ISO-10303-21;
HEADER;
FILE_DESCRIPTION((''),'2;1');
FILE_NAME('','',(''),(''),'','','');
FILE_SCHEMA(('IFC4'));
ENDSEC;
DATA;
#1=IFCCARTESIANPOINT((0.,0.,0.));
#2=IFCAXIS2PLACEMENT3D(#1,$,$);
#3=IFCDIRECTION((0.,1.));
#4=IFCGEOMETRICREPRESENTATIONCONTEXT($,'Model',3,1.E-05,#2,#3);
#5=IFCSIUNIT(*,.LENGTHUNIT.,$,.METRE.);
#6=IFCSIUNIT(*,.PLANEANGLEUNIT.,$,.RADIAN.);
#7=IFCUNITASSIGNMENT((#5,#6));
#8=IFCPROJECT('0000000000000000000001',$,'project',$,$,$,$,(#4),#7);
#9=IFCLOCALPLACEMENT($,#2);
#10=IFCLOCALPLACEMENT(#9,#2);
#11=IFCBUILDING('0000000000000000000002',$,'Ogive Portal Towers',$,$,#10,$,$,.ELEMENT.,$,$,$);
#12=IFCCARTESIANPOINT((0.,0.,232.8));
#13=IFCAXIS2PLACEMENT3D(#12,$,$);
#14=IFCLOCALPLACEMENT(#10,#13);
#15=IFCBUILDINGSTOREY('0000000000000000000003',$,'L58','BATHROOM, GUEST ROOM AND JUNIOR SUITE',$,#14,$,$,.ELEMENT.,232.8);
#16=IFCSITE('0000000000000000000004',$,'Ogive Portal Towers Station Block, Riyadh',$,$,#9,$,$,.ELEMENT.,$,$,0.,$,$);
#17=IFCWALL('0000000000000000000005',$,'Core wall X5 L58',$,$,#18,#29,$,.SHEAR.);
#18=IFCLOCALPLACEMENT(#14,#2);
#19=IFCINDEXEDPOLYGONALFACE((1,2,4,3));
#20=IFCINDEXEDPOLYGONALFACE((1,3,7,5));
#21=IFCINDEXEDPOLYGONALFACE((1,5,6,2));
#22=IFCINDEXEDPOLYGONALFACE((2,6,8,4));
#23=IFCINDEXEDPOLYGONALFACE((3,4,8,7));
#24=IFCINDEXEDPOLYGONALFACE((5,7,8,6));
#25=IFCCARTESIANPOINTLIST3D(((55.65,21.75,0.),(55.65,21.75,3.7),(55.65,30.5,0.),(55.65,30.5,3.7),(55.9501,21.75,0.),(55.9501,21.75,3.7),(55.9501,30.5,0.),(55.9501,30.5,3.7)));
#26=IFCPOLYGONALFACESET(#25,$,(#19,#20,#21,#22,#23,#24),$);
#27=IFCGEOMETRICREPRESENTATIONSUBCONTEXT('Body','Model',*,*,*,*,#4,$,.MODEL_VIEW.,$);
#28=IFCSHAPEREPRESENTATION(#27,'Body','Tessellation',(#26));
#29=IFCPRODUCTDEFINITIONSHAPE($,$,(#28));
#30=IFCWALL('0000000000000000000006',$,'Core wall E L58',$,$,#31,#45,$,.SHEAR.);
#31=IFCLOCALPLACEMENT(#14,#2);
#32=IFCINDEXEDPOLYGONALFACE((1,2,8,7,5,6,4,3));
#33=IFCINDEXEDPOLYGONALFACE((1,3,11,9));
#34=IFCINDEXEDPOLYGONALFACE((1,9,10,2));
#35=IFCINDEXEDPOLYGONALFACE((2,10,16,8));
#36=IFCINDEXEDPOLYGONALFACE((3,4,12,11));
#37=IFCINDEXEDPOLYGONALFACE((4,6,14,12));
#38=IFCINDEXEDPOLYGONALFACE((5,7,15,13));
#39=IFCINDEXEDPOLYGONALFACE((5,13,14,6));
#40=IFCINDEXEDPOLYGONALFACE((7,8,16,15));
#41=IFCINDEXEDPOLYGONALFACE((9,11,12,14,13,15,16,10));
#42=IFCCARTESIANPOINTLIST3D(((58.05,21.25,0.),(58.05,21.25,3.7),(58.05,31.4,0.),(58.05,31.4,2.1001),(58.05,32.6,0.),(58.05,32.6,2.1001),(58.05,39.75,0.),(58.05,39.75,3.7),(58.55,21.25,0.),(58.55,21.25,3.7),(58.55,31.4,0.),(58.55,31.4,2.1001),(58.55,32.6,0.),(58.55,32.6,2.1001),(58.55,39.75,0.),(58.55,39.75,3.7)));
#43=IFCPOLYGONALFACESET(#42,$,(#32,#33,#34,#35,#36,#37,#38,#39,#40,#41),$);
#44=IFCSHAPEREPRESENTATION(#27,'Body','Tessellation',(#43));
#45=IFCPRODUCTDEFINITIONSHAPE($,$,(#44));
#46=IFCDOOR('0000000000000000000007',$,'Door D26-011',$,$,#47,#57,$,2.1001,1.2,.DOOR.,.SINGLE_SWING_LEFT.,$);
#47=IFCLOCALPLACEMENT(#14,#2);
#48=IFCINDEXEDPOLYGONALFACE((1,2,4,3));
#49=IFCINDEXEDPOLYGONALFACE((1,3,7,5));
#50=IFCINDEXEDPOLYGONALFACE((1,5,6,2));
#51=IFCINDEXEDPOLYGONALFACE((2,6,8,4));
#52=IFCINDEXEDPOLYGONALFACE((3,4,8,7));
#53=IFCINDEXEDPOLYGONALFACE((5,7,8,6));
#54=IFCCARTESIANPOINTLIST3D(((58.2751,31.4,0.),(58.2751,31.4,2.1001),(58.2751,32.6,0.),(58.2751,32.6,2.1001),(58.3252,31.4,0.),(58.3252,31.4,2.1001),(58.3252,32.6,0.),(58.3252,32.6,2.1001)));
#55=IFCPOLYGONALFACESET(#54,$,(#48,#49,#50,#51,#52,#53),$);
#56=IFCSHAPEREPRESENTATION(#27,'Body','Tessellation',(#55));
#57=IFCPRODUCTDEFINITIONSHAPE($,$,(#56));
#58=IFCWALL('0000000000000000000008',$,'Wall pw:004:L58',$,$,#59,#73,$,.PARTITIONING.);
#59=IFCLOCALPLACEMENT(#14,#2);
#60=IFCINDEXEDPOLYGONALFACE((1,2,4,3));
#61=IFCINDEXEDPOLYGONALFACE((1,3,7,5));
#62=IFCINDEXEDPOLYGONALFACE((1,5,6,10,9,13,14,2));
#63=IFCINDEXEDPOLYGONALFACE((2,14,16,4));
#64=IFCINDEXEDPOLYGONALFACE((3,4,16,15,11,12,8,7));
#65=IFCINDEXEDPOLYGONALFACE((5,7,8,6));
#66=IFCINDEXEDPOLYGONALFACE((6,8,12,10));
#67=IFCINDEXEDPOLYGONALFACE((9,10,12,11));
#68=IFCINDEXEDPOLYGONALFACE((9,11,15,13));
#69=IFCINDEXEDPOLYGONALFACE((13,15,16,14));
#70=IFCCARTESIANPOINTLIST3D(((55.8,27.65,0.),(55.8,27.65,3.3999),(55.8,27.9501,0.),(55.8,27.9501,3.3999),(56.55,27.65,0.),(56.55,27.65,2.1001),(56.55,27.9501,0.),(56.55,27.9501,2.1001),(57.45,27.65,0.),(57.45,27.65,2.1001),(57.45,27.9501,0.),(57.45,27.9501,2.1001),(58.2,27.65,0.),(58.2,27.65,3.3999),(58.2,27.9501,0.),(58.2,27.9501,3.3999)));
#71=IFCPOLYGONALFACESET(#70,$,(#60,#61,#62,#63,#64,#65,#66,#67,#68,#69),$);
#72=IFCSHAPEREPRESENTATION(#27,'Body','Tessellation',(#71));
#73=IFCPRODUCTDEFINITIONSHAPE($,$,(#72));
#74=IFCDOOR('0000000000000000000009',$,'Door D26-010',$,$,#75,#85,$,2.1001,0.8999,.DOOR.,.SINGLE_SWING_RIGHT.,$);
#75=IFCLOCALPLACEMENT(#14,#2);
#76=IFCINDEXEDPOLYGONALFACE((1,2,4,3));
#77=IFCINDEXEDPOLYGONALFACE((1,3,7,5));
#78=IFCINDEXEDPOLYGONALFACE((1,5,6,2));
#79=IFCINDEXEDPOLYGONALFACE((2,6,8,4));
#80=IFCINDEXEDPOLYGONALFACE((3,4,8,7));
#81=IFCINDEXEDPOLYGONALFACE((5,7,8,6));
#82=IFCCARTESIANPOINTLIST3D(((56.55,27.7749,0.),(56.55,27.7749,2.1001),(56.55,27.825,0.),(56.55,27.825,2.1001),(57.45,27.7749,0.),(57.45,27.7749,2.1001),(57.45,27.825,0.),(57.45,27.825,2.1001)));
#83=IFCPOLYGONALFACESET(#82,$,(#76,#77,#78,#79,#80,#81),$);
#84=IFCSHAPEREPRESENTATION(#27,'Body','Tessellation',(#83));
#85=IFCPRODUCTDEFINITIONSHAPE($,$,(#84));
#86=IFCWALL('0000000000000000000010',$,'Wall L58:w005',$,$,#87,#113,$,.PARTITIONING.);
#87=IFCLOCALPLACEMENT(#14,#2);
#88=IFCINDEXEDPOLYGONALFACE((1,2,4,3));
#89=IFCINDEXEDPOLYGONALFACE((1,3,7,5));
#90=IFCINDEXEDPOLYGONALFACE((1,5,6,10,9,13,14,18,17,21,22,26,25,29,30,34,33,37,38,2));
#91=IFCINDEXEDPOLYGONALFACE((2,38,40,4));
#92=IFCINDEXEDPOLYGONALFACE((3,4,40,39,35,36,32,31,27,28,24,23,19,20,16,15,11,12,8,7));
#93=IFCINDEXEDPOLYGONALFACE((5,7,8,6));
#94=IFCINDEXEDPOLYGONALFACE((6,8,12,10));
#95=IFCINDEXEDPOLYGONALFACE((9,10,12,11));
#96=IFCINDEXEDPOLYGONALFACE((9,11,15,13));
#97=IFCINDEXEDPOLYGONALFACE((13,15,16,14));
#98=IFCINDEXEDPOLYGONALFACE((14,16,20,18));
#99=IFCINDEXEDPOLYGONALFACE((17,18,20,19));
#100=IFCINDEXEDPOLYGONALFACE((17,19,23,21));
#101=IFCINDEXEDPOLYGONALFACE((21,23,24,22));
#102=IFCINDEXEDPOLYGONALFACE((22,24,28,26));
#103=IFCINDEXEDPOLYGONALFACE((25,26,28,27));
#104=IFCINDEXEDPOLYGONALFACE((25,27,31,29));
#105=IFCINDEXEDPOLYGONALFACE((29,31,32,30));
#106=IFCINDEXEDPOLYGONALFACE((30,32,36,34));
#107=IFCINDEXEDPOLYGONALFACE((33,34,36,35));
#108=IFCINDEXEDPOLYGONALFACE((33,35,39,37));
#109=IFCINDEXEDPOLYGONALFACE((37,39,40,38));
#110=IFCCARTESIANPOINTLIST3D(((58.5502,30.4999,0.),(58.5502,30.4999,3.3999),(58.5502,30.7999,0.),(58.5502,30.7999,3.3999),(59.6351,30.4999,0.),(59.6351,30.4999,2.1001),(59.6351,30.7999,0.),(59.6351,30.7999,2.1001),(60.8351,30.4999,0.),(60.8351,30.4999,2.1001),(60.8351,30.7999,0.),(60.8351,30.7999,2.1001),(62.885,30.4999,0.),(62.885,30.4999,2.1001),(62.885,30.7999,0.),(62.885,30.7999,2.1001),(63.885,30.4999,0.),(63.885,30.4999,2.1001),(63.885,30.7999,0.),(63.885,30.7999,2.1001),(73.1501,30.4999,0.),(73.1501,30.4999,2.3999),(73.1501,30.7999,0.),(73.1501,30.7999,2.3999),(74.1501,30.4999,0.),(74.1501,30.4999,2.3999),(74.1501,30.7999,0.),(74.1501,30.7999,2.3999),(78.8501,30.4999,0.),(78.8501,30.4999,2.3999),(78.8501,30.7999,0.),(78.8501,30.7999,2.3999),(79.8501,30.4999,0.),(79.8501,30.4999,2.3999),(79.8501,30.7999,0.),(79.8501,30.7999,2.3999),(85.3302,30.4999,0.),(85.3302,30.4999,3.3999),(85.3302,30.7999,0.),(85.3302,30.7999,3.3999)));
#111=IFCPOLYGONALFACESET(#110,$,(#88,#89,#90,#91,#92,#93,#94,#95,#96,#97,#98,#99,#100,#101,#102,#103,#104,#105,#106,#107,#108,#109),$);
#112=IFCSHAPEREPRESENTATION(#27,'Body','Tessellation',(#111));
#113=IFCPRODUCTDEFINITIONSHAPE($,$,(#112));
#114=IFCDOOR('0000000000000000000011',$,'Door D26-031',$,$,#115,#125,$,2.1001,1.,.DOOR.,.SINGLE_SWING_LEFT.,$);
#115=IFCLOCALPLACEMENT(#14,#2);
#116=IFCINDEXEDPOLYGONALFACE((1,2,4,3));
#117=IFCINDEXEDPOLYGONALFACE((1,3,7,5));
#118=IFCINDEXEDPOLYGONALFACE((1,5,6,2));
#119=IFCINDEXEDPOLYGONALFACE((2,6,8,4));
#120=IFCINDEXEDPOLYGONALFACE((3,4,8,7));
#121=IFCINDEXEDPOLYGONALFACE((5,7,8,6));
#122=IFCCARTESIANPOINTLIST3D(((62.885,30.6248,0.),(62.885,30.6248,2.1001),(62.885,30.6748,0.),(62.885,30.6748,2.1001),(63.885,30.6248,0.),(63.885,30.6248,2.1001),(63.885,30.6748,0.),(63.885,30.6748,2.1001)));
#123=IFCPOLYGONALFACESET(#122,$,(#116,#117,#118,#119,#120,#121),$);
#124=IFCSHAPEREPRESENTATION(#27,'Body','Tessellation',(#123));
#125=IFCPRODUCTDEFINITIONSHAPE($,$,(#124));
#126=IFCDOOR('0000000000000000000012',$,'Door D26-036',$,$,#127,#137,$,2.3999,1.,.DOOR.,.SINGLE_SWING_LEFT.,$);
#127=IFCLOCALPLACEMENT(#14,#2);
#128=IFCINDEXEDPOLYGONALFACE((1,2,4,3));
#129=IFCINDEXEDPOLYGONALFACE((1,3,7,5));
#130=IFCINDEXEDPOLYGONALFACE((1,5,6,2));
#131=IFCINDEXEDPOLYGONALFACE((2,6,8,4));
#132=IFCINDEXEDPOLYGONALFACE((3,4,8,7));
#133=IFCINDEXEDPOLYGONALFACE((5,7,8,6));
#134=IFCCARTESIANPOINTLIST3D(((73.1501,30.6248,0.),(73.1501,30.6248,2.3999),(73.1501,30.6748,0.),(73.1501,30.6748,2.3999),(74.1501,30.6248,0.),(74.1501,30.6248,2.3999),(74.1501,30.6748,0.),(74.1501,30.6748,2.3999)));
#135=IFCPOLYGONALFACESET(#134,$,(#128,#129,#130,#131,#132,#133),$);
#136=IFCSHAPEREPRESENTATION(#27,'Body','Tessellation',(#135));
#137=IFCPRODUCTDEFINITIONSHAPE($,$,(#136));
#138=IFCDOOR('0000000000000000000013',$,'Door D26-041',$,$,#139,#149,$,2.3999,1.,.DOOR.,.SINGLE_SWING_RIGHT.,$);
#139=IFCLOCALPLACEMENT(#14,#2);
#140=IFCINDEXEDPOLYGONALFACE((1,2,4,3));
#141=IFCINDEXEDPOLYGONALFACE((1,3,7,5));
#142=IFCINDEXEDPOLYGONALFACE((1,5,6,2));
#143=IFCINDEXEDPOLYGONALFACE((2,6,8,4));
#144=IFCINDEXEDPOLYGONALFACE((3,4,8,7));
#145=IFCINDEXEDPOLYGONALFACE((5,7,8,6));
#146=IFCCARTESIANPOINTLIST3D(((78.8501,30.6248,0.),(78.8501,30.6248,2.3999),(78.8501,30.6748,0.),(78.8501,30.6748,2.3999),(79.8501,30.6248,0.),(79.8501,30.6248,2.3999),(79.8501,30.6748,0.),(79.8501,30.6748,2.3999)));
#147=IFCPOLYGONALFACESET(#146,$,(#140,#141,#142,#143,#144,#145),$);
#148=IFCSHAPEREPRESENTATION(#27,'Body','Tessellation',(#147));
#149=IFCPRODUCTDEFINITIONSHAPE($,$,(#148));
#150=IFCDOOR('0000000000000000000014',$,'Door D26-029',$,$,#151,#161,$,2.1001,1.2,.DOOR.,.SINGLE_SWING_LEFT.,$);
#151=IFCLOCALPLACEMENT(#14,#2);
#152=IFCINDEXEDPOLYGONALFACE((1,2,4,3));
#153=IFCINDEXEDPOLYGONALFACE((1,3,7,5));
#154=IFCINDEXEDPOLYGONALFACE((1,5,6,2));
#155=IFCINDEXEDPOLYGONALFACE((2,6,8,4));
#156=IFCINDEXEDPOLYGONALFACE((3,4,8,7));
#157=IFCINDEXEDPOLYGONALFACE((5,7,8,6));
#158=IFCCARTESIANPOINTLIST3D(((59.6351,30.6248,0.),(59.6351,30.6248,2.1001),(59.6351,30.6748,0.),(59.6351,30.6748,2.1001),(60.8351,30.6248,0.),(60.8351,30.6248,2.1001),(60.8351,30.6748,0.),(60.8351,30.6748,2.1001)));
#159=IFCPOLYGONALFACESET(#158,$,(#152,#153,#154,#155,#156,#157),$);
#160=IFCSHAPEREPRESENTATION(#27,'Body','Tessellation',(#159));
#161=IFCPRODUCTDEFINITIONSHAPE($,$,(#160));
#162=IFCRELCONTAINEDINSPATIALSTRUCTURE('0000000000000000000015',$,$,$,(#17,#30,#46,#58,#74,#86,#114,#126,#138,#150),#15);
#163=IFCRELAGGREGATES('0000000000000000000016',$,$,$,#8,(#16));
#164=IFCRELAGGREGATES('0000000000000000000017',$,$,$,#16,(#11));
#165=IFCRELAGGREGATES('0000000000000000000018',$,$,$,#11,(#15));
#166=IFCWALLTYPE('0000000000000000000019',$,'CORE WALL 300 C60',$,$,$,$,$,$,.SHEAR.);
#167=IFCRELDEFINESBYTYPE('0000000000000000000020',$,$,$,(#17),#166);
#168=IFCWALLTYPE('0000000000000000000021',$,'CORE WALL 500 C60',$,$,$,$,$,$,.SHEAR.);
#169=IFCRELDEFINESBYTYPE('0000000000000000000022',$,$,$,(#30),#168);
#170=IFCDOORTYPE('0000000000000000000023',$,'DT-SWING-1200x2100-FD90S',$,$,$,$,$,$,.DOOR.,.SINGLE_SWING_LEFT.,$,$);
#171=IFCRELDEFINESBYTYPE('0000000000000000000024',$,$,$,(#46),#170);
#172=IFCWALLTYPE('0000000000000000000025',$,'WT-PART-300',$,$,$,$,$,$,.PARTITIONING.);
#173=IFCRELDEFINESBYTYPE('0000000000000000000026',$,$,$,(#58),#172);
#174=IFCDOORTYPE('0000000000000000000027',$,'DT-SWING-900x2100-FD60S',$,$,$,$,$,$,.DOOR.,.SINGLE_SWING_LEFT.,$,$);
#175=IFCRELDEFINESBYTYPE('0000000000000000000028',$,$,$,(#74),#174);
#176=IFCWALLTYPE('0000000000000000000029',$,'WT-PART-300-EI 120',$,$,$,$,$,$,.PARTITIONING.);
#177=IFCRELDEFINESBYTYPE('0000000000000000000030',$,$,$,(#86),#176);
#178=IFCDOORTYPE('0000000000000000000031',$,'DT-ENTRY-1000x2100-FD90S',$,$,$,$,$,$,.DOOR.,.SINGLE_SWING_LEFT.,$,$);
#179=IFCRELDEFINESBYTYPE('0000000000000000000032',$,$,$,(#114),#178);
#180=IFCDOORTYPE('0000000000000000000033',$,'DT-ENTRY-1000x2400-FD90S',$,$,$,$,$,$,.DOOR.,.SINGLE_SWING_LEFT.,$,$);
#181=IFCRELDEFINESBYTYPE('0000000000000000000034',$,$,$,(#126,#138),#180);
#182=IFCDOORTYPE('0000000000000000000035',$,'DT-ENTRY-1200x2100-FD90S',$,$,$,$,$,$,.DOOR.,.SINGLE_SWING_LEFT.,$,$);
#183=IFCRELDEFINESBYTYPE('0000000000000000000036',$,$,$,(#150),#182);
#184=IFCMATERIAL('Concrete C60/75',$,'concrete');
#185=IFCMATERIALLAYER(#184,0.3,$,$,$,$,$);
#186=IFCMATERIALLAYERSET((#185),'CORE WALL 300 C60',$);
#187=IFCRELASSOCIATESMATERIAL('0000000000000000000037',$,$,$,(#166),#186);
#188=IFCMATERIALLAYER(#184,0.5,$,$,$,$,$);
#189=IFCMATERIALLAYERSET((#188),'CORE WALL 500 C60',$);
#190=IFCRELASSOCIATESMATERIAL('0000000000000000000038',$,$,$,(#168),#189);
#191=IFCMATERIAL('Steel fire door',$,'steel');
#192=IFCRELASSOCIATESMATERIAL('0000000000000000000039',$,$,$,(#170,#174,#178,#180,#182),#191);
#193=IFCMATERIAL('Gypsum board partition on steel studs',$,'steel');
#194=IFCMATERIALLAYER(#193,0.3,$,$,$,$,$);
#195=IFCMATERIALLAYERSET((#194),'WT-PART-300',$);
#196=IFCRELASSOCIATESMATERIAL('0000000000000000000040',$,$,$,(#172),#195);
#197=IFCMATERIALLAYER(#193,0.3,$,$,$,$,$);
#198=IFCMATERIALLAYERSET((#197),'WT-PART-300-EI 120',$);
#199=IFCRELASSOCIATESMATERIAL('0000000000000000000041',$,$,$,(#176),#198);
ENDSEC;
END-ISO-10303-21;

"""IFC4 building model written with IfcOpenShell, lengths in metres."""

from ifc_helpers import new_model, si_unit, direction, frame, frame_2d, origin, place, context, subcontext, project, spatial, rectangle, extrude, material, layer, layer_set, type_object, element, fill, save


model = new_model("IFC4")

# Units and contexts
model_context = context("Model", 3, precision=1e-05, world=origin(), true_north=direction((0.0, 1.0)))
body_context = subcontext(model_context, "Body", "Model", "MODEL_VIEW")
ifc_project = project(units=[si_unit("LENGTHUNIT", "METRE"), si_unit("PLANEANGLEUNIT", "RADIAN")], contexts=[model_context])

# Site, building, storey
site_placement = place(None, origin())
site = spatial("IfcSite", under=ifc_project, at=site_placement, Name="Ogive Portal Towers Station Block, Riyadh", CompositionType="ELEMENT", RefElevation=0.0)
building_placement = place(site_placement, origin())
building = spatial("IfcBuilding", under=site, at=building_placement, Name="Ogive Portal Towers", CompositionType="ELEMENT")
storey_placement = place(building_placement, frame((0.0, 0.0, 232.8)))
storey = spatial("IfcBuildingStorey", under=building, at=storey_placement, Name="L58", Description="BATHROOM, GUEST ROOM AND JUNIOR SUITE", CompositionType="ELEMENT", Elevation=232.8)

# Wall
ifc_material_1 = material(Name="Concrete C60/75", Category="concrete")
ifc_layer_1 = layer(ifc_material_1, 0.3)
ifc_layer_set_1 = layer_set([ifc_layer_1], Name="CORE WALL 300 C60")
wall_type_1 = type_object("IfcWallType", Name="CORE WALL 300 C60", PredefinedType="SHEAR", material=ifc_layer_set_1)
wall_1_placement = place(storey_placement, frame((55.8, 21.75, 0.0), z_axis=(0.0, 0.0, 1.0), x_axis=(0.0, 1.0, 0.0)))
element("IfcWall", 1, at=wall_1_placement, inside=storey, type_object=wall_type_1, Name="Core wall X5 L58", PredefinedType="SHEAR", context=body_context, shape_type="SweptSolid", body=[
    extrude(rectangle(XDim=8.75, YDim=0.3, at=frame_2d((4.375, 0.0))), origin(), (0.0, 0.0, 1.0), 3.7),
])

# Walls, openings, doors
ifc_layer_2 = layer(ifc_material_1, 0.5)
ifc_layer_set_2 = layer_set([ifc_layer_2], Name="CORE WALL 500 C60")
wall_type_2 = type_object("IfcWallType", Name="CORE WALL 500 C60", PredefinedType="SHEAR", material=ifc_layer_set_2)
wall_2_placement = place(storey_placement, frame((58.3, 21.25, 0.0), z_axis=(0.0, 0.0, 1.0), x_axis=(0.0, 1.0, 0.0)))
wall_2 = element("IfcWall", 2, at=wall_2_placement, inside=storey, type_object=wall_type_2, Name="Core wall E L58", PredefinedType="SHEAR", context=body_context, shape_type="SweptSolid", body=[
    extrude(rectangle(XDim=18.5, YDim=0.5, at=frame_2d((9.25, 0.0))), origin(), (0.0, 0.0, 1.0), 3.7),
])
opening_1_placement = place(wall_2_placement, frame((10.1499, 0.0, 0.0)))
opening_1 = element("IfcOpeningElement", 3, at=opening_1_placement, cuts=wall_2, PredefinedType="OPENING", context=body_context, shape_type="SweptSolid", body=[
    extrude(rectangle(XDim=1.2, YDim=2.1001, at=frame_2d((0.6001, 1.05))), frame((0.0, 0.26, 0.0), z_axis=(0.0, -1.0, 0.0), x_axis=(1.0, 0.0, 0.0)), (0.0, 0.0, 1.0), 0.52),
])
ifc_material_2 = material(Name="Steel fire door", Category="steel")
door_type_1 = type_object("IfcDoorType", Name="DT-SWING-1200x2100-FD90S", OperationType="SINGLE_SWING_LEFT", PredefinedType="DOOR", material=ifc_material_2)
door_1_placement = place(opening_1_placement, origin())
door_1 = element("IfcDoor", 4, at=door_1_placement, inside=storey, type_object=door_type_1, Name="Door D26-011", OperationType="SINGLE_SWING_LEFT", OverallHeight=2.1001, OverallWidth=1.2, PredefinedType="DOOR", context=body_context, shape_type="SweptSolid", body=[
    extrude(rectangle(XDim=1.2, YDim=2.1001, at=frame_2d((0.6001, 1.05))), frame((0.0, 0.0249, 0.0), z_axis=(0.0, -1.0, 0.0), x_axis=(1.0, 0.0, 0.0)), (0.0, 0.0, 1.0), 0.05),
])
fill(opening_1, door_1)
ifc_material_3 = material(Name="Gypsum board partition on steel studs", Category="steel")
ifc_layer_3 = layer(ifc_material_3, 0.3)
ifc_layer_set_3 = layer_set([ifc_layer_3], Name="WT-PART-300")
wall_type_3 = type_object("IfcWallType", Name="WT-PART-300", PredefinedType="PARTITIONING", material=ifc_layer_set_3)
wall_3_placement = place(storey_placement, frame((55.8, 27.8, 0.0), z_axis=(0.0, 0.0, 1.0), x_axis=(1.0, 0.0, 0.0)))
wall_3 = element("IfcWall", 5, at=wall_3_placement, inside=storey, type_object=wall_type_3, Name="Wall pw:004:L58", PredefinedType="PARTITIONING", context=body_context, shape_type="SweptSolid", body=[
    extrude(rectangle(XDim=2.3999, YDim=0.3, at=frame_2d((1.2, 0.0))), origin(), (0.0, 0.0, 1.0), 3.3999),
])
opening_2_placement = place(wall_3_placement, frame((0.75, 0.0, 0.0)))
opening_2 = element("IfcOpeningElement", 6, at=opening_2_placement, cuts=wall_3, PredefinedType="OPENING", context=body_context, shape_type="SweptSolid", body=[
    extrude(rectangle(XDim=0.8999, YDim=2.1001, at=frame_2d((0.45, 1.05))), frame((0.0, 0.1602, 0.0), z_axis=(0.0, -1.0, 0.0), x_axis=(1.0, 0.0, 0.0)), (0.0, 0.0, 1.0), 0.3201),
])
door_type_2 = type_object("IfcDoorType", Name="DT-SWING-900x2100-FD60S", OperationType="SINGLE_SWING_LEFT", PredefinedType="DOOR", material=ifc_material_2)
door_2_placement = place(opening_2_placement, origin())
door_2 = element("IfcDoor", 7, at=door_2_placement, inside=storey, type_object=door_type_2, Name="Door D26-010", OperationType="SINGLE_SWING_RIGHT", OverallHeight=2.1001, OverallWidth=0.8999, PredefinedType="DOOR", context=body_context, shape_type="SweptSolid", body=[
    extrude(rectangle(XDim=0.8999, YDim=2.1001, at=frame_2d((0.45, 1.05))), frame((0.0, 0.0249, 0.0), z_axis=(0.0, -1.0, 0.0), x_axis=(1.0, 0.0, 0.0)), (0.0, 0.0, 1.0), 0.05),
])
fill(opening_2, door_2)

# Wall, openings, doors
ifc_layer_4 = layer(ifc_material_3, 0.3)
ifc_layer_set_4 = layer_set([ifc_layer_4], Name="WT-PART-300-EI 120")
wall_type_4 = type_object("IfcWallType", Name="WT-PART-300-EI 120", PredefinedType="PARTITIONING", material=ifc_layer_set_4)
wall_4_placement = place(storey_placement, frame((58.55, 30.6499, 0.0), z_axis=(0.0, 0.0, 1.0), x_axis=(1.0, 0.0, 0.0)))
wall_4 = element("IfcWall", 8, at=wall_4_placement, inside=storey, type_object=wall_type_4, Name="Wall L58:w005", PredefinedType="PARTITIONING", context=body_context, shape_type="SweptSolid", body=[
    extrude(rectangle(XDim=26.78, YDim=0.3, at=frame_2d((13.3901, 0.0))), origin(), (0.0, 0.0, 1.0), 3.3999),
])
opening_3_placement = place(wall_4_placement, frame((1.085, 0.0, 0.0)))
opening_3 = element("IfcOpeningElement", 9, at=opening_3_placement, cuts=wall_4, PredefinedType="OPENING", context=body_context, shape_type="SweptSolid", body=[
    extrude(rectangle(XDim=1.2, YDim=2.1001, at=frame_2d((0.6001, 1.05))), frame((0.0, 0.1602, 0.0), z_axis=(0.0, -1.0, 0.0), x_axis=(1.0, 0.0, 0.0)), (0.0, 0.0, 1.0), 0.3201),
])
opening_4_placement = place(wall_4_placement, frame((4.335, 0.0, 0.0)))
opening_4 = element("IfcOpeningElement", 10, at=opening_4_placement, cuts=wall_4, PredefinedType="OPENING", context=body_context, shape_type="SweptSolid", body=[
    extrude(rectangle(XDim=1.0, YDim=2.1001, at=frame_2d((0.5, 1.05))), frame((0.0, 0.1602, 0.0), z_axis=(0.0, -1.0, 0.0), x_axis=(1.0, 0.0, 0.0)), (0.0, 0.0, 1.0), 0.3201),
])
opening_5_placement = place(wall_4_placement, frame((14.6001, 0.0, 0.0)))
opening_5 = element("IfcOpeningElement", 11, at=opening_5_placement, cuts=wall_4, PredefinedType="OPENING", context=body_context, shape_type="SweptSolid", body=[
    extrude(rectangle(XDim=1.0, YDim=2.3999, at=frame_2d((0.5, 1.2))), frame((0.0, 0.1602, 0.0), z_axis=(0.0, -1.0, 0.0), x_axis=(1.0, 0.0, 0.0)), (0.0, 0.0, 1.0), 0.3201),
])
opening_6_placement = place(wall_4_placement, frame((20.3, 0.0, 0.0)))
opening_6 = element("IfcOpeningElement", 12, at=opening_6_placement, cuts=wall_4, PredefinedType="OPENING", context=body_context, shape_type="SweptSolid", body=[
    extrude(rectangle(XDim=1.0, YDim=2.3999, at=frame_2d((0.5, 1.2))), frame((0.0, 0.1602, 0.0), z_axis=(0.0, -1.0, 0.0), x_axis=(1.0, 0.0, 0.0)), (0.0, 0.0, 1.0), 0.3201),
])
door_type_3 = type_object("IfcDoorType", Name="DT-ENTRY-1000x2100-FD90S", OperationType="SINGLE_SWING_LEFT", PredefinedType="DOOR", material=ifc_material_2)
door_3_placement = place(opening_4_placement, origin())
door_3 = element("IfcDoor", 13, at=door_3_placement, inside=storey, type_object=door_type_3, Name="Door D26-031", OperationType="SINGLE_SWING_LEFT", OverallHeight=2.1001, OverallWidth=1.0, PredefinedType="DOOR", context=body_context, shape_type="SweptSolid", body=[
    extrude(rectangle(XDim=1.0, YDim=2.1001, at=frame_2d((0.5, 1.05))), frame((0.0, 0.0249, 0.0), z_axis=(0.0, -1.0, 0.0), x_axis=(1.0, 0.0, 0.0)), (0.0, 0.0, 1.0), 0.05),
])
fill(opening_4, door_3)
door_type_4 = type_object("IfcDoorType", Name="DT-ENTRY-1000x2400-FD90S", OperationType="SINGLE_SWING_LEFT", PredefinedType="DOOR", material=ifc_material_2)
door_4_placement = place(opening_5_placement, origin())
door_4 = element("IfcDoor", 14, at=door_4_placement, inside=storey, type_object=door_type_4, Name="Door D26-036", OperationType="SINGLE_SWING_LEFT", OverallHeight=2.3999, OverallWidth=1.0, PredefinedType="DOOR", context=body_context, shape_type="SweptSolid", body=[
    extrude(rectangle(XDim=1.0, YDim=2.3999, at=frame_2d((0.5, 1.2))), frame((0.0, 0.0249, 0.0), z_axis=(0.0, -1.0, 0.0), x_axis=(1.0, 0.0, 0.0)), (0.0, 0.0, 1.0), 0.05),
])
fill(opening_5, door_4)
door_5_placement = place(opening_6_placement, origin())
door_5 = element("IfcDoor", 15, at=door_5_placement, inside=storey, type_object=door_type_4, Name="Door D26-041", OperationType="SINGLE_SWING_RIGHT", OverallHeight=2.3999, OverallWidth=1.0, PredefinedType="DOOR", context=body_context, shape_type="SweptSolid", body=[
    extrude(rectangle(XDim=1.0, YDim=2.3999, at=frame_2d((0.5, 1.2))), frame((0.0, 0.0249, 0.0), z_axis=(0.0, -1.0, 0.0), x_axis=(1.0, 0.0, 0.0)), (0.0, 0.0, 1.0), 0.05),
])
fill(opening_6, door_5)
door_type_5 = type_object("IfcDoorType", Name="DT-ENTRY-1200x2100-FD90S", OperationType="SINGLE_SWING_LEFT", PredefinedType="DOOR", material=ifc_material_2)
door_6_placement = place(opening_3_placement, origin())
door_6 = element("IfcDoor", 16, at=door_6_placement, inside=storey, type_object=door_type_5, Name="Door D26-029", OperationType="SINGLE_SWING_LEFT", OverallHeight=2.1001, OverallWidth=1.2, PredefinedType="DOOR", context=body_context, shape_type="SweptSolid", body=[
    extrude(rectangle(XDim=1.2, YDim=2.1001, at=frame_2d((0.6001, 1.05))), frame((0.0, 0.0249, 0.0), z_axis=(0.0, -1.0, 0.0), x_axis=(1.0, 0.0, 0.0)), (0.0, 0.0, 1.0), 0.05),
])
fill(opening_3, door_6)

save(model, "model.ifc")
